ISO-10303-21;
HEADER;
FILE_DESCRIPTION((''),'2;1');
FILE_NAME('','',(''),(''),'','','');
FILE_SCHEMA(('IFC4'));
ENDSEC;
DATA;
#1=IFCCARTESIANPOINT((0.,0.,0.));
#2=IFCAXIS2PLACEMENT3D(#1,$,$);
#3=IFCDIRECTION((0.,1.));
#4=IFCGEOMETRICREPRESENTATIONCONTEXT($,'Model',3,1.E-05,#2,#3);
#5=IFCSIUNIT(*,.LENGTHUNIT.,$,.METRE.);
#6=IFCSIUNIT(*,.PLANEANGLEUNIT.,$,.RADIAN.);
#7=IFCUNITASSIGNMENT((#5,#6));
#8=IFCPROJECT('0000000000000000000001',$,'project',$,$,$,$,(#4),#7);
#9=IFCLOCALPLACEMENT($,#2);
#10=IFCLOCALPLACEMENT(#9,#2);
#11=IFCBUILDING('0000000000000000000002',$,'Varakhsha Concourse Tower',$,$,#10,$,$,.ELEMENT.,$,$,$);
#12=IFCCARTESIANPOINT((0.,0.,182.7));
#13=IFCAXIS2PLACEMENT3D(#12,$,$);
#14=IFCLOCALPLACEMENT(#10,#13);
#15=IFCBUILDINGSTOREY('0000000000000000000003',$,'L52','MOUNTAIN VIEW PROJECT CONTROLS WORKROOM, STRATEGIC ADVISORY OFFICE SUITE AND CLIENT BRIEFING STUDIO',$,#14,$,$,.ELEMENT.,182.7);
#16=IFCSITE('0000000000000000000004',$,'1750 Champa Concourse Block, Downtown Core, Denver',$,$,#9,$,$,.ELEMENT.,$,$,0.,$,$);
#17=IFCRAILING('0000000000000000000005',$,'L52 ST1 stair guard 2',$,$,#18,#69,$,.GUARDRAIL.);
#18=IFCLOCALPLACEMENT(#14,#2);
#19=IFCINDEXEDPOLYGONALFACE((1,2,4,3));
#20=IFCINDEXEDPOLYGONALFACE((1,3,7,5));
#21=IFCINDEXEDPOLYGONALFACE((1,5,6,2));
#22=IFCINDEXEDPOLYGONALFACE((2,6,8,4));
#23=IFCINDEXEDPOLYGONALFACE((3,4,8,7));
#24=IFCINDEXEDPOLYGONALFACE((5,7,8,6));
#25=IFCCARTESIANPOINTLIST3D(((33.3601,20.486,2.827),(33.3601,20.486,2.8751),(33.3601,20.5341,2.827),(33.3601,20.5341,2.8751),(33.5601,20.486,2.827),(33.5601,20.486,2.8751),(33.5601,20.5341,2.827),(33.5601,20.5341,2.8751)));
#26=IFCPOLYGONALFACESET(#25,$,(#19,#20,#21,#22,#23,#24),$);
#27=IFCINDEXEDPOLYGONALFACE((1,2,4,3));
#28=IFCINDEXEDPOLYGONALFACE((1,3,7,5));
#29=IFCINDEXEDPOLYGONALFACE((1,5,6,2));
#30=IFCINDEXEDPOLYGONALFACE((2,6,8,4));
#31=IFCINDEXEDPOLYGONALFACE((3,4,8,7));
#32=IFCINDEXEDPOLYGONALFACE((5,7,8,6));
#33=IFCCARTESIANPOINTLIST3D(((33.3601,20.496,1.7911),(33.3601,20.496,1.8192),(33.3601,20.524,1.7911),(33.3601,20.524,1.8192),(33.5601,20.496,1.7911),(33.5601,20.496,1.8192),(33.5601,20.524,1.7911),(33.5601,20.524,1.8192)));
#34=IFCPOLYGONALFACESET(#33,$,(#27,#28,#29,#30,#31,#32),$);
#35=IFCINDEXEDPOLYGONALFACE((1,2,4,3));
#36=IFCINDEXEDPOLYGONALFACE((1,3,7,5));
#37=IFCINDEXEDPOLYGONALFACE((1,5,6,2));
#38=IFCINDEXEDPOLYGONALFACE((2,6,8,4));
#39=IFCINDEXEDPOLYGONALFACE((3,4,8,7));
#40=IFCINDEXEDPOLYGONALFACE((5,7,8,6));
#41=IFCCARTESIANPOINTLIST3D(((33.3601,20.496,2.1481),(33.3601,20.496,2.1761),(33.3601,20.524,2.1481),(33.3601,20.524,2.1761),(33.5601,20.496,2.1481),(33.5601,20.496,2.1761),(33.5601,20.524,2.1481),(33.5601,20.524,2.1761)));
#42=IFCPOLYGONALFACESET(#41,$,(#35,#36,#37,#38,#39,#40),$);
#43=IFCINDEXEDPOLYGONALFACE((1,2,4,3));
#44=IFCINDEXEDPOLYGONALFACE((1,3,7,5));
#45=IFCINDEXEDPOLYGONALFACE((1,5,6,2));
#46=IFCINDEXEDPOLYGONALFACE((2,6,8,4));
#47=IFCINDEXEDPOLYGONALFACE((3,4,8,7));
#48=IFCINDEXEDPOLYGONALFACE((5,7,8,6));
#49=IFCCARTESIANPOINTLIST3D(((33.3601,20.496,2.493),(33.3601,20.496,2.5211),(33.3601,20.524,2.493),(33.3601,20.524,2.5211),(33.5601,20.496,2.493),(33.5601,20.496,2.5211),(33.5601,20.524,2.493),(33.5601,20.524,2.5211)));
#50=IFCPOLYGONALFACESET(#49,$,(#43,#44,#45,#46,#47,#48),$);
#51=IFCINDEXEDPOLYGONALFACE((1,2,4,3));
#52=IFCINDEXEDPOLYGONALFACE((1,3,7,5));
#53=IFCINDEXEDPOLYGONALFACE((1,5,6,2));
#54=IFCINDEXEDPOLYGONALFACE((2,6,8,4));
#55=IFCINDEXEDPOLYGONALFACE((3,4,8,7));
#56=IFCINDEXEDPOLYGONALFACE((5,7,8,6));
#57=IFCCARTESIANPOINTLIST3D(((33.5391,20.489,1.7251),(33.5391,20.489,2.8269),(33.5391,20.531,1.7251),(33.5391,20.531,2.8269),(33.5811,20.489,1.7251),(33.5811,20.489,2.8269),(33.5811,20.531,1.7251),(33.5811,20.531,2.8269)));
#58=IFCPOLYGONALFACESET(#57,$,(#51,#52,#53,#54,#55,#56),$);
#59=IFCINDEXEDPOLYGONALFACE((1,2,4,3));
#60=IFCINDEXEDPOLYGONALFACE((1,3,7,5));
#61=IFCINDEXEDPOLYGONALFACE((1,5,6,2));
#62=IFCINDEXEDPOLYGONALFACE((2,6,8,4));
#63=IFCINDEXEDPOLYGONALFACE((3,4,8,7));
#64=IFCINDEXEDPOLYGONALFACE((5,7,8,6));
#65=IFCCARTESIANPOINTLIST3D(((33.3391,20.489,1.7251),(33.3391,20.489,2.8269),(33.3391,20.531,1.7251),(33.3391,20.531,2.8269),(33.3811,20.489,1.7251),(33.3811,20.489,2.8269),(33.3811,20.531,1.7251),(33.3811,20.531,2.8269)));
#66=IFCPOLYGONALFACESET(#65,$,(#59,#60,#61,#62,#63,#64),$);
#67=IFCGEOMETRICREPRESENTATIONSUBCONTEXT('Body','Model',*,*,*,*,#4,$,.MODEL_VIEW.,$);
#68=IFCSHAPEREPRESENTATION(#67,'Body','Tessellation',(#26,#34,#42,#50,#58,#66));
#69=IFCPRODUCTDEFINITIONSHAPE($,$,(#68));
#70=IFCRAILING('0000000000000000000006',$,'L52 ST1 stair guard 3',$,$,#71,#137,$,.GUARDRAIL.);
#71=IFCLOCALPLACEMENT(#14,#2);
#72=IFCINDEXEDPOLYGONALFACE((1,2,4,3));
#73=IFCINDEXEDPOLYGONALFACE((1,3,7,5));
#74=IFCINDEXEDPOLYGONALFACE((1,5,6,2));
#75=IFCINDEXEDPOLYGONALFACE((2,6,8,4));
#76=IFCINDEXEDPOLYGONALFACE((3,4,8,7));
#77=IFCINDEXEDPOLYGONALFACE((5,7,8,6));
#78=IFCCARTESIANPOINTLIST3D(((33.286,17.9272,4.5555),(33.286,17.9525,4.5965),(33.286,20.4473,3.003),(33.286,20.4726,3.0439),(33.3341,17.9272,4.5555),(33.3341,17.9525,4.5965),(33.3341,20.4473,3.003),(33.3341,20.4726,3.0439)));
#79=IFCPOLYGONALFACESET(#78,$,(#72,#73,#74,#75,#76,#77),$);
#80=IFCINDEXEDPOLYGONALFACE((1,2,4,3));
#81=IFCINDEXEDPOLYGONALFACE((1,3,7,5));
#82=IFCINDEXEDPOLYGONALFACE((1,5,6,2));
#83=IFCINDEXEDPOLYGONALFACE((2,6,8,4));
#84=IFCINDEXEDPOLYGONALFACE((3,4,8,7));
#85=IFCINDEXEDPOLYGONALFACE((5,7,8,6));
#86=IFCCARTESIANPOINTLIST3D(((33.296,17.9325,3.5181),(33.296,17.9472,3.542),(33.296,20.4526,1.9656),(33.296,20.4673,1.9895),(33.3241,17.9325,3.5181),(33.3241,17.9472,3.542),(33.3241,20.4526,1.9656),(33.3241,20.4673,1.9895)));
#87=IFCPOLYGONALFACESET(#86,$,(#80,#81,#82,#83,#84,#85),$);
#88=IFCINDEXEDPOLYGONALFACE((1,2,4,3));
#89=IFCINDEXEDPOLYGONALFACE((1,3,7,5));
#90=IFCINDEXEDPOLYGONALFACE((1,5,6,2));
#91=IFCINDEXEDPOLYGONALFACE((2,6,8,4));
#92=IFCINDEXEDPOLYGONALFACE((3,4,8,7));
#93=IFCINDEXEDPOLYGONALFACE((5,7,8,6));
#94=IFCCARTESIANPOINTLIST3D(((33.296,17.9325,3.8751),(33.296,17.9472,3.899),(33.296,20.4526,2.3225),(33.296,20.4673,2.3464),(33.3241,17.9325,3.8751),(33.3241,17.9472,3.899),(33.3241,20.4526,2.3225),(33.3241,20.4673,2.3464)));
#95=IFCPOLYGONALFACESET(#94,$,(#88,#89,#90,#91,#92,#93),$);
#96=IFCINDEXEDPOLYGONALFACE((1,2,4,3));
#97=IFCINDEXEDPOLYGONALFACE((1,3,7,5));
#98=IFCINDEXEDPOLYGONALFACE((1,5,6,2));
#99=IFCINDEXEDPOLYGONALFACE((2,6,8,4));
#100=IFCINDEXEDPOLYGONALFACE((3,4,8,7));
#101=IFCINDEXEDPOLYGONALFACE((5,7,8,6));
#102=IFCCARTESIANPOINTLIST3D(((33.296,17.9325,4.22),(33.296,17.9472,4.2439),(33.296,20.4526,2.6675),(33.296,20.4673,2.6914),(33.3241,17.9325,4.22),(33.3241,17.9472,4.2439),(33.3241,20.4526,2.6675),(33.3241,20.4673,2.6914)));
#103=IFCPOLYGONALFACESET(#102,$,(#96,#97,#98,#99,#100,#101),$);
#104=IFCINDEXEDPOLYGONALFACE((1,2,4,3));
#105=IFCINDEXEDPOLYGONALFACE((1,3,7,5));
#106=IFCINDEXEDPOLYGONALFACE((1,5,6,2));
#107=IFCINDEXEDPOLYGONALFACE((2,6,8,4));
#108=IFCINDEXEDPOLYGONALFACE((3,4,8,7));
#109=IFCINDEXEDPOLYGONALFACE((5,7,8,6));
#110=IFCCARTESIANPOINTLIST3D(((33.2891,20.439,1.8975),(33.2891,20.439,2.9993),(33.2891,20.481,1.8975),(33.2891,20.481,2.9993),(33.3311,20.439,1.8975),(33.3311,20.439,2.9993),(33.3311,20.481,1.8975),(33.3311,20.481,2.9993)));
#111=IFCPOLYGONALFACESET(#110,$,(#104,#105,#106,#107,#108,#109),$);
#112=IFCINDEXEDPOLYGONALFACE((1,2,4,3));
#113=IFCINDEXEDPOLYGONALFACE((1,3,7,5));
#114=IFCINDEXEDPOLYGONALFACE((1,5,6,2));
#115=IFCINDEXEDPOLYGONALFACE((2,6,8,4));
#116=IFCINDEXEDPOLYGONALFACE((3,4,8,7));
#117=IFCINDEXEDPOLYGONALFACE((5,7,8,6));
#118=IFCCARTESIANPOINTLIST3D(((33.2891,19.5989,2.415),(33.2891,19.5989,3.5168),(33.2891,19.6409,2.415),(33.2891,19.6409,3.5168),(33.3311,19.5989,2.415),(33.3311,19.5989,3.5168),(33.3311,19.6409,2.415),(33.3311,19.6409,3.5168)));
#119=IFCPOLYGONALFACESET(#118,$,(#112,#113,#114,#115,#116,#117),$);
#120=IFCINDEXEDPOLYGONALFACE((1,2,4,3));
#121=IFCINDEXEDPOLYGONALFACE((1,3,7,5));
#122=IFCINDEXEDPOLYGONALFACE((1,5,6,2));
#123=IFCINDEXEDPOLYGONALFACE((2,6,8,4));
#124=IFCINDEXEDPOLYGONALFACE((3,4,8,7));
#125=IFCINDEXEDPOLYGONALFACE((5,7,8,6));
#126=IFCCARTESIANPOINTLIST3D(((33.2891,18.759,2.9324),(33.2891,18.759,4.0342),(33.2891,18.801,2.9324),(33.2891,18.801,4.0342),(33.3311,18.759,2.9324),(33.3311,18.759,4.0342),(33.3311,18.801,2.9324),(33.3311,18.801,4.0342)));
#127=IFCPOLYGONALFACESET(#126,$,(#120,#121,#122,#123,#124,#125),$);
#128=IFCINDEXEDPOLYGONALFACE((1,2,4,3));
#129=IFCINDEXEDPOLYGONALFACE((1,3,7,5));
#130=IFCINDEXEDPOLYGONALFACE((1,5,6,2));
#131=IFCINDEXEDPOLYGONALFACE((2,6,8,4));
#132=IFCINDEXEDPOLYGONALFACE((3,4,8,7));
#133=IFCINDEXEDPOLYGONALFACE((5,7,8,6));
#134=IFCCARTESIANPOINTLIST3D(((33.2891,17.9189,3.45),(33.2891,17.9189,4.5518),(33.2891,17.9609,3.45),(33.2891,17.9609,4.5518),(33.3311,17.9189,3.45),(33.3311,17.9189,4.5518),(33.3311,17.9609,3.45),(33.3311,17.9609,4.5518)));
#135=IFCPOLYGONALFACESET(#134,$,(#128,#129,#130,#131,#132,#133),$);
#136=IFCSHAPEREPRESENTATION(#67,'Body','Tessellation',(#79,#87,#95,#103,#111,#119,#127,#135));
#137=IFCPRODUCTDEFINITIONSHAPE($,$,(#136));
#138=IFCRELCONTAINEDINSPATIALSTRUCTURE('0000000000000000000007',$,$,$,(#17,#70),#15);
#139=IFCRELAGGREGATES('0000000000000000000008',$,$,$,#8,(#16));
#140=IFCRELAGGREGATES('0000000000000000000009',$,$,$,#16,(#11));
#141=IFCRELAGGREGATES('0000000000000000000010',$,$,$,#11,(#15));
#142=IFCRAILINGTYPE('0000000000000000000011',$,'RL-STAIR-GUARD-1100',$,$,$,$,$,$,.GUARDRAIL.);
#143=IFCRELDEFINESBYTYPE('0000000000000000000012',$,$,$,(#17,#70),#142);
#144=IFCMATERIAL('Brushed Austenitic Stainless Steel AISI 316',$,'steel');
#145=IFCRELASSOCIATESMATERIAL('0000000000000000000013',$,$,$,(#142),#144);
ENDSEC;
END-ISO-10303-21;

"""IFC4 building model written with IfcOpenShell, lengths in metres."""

from ifc_helpers import new_model, si_unit, direction, frame, origin, origin_2d, place, context, subcontext, project, spatial, rectangle, extrude, material, type_object, element, save


model = new_model("IFC4")

# Units and contexts
model_context = context("Model", 3, precision=1e-05, world=origin(), true_north=direction((0.0, 1.0)))
body_context = subcontext(model_context, "Body", "Model", "MODEL_VIEW")
ifc_project = project(units=[si_unit("LENGTHUNIT", "METRE"), si_unit("PLANEANGLEUNIT", "RADIAN")], contexts=[model_context])

# Site, building, storey
site_placement = place(None, origin())
site = spatial("IfcSite", under=ifc_project, at=site_placement, Name="1750 Champa Concourse Block, Downtown Core, Denver", CompositionType="ELEMENT", RefElevation=0.0)
building_placement = place(site_placement, origin())
building = spatial("IfcBuilding", under=site, at=building_placement, Name="Varakhsha Concourse Tower", CompositionType="ELEMENT")
storey_placement = place(building_placement, frame((0.0, 0.0, 182.7)))
storey = spatial("IfcBuildingStorey", under=building, at=storey_placement, Name="L52", Description="MOUNTAIN VIEW PROJECT CONTROLS WORKROOM, STRATEGIC ADVISORY OFFICE SUITE AND CLIENT BRIEFING STUDIO", CompositionType="ELEMENT", Elevation=182.7)

# Shared definitions
ifc_material_1 = material(Name="Brushed Austenitic Stainless Steel AISI 316", Category="steel")

# Railings
railing_type = type_object("IfcRailingType", Name="RL-STAIR-GUARD-1100", PredefinedType="GUARDRAIL", material=ifc_material_1)
railing_1_placement = place(storey_placement, frame((33.5601, 20.51, 1.7251)))
element("IfcRailing", 1, at=railing_1_placement, inside=storey, type_object=railing_type, Name="L52 ST1 stair guard 2", PredefinedType="GUARDRAIL", context=body_context, shape_type="SweptSolid", body=[
    extrude(rectangle(XDim=0.0481, YDim=0.0481, at=origin_2d()), frame((0.0, 0.0, 1.126), z_axis=(-1.0, 0.0, 0.0), x_axis=(0.0, -1.0, 0.0)), (0.0, 0.0, 1.0), 0.2),
    extrude(rectangle(XDim=0.0281, YDim=0.0281, at=origin_2d()), frame((0.0, 0.0, 0.0801), z_axis=(-1.0, 0.0, 0.0), x_axis=(0.0, -1.0, 0.0)), (0.0, 0.0, 1.0), 0.2),
    extrude(rectangle(XDim=0.0281, YDim=0.0281, at=origin_2d()), frame((0.0, 0.0, 0.437), z_axis=(-1.0, 0.0, 0.0), x_axis=(0.0, -1.0, 0.0)), (0.0, 0.0, 1.0), 0.2),
    extrude(rectangle(XDim=0.0281, YDim=0.0281, at=origin_2d()), frame((0.0, 0.0, 0.782), z_axis=(-1.0, 0.0, 0.0), x_axis=(0.0, -1.0, 0.0)), (0.0, 0.0, 1.0), 0.2),
    extrude(rectangle(XDim=0.042, YDim=0.042, at=origin_2d()), origin(), (0.0, 0.0, 1.0), 1.1018),
    extrude(rectangle(XDim=0.042, YDim=0.042, at=origin_2d()), frame((-0.2, 0.0, 0.0)), (0.0, 0.0, 1.0), 1.1018),
])
railing_2_placement = place(storey_placement, frame((33.3101, 20.46, 1.8975)))
element("IfcRailing", 2, at=railing_2_placement, inside=storey, type_object=railing_type, Name="L52 ST1 stair guard 3", PredefinedType="GUARDRAIL", context=body_context, shape_type="SweptSolid", body=[
    extrude(rectangle(XDim=0.0481, YDim=0.0481, at=origin_2d()), frame((0.0, 0.0, 1.126), z_axis=(0.0, -0.8514, 0.524516), x_axis=(1.0, 0.0, 0.0)), (0.0, 0.0, 1.0), 2.96),
    extrude(rectangle(XDim=0.0281, YDim=0.0281, at=origin_2d()), frame((0.0, 0.0, 0.0801), z_axis=(0.0, -0.8514, 0.524516), x_axis=(1.0, 0.0, 0.0)), (0.0, 0.0, 1.0), 2.96),
    extrude(rectangle(XDim=0.0281, YDim=0.0281, at=origin_2d()), frame((0.0, 0.0, 0.437), z_axis=(0.0, -0.8514, 0.524516), x_axis=(1.0, 0.0, 0.0)), (0.0, 0.0, 1.0), 2.96),
    extrude(rectangle(XDim=0.0281, YDim=0.0281, at=origin_2d()), frame((0.0, 0.0, 0.782), z_axis=(0.0, -0.8514, 0.524516), x_axis=(1.0, 0.0, 0.0)), (0.0, 0.0, 1.0), 2.96),
    extrude(rectangle(XDim=0.042, YDim=0.042, at=origin_2d()), origin(), (0.0, 0.0, 1.0), 1.1018),
    extrude(rectangle(XDim=0.042, YDim=0.042, at=origin_2d()), frame((0.0, -0.8401, 0.5176)), (0.0, 0.0, 1.0), 1.1018),
    extrude(rectangle(XDim=0.042, YDim=0.042, at=origin_2d()), frame((0.0, -1.6799, 1.0349)), (0.0, 0.0, 1.0), 1.1018),
    extrude(rectangle(XDim=0.042, YDim=0.042, at=origin_2d()), frame((0.0, -2.52, 1.5525)), (0.0, 0.0, 1.0), 1.1018),
])

save(model, "model.ifc")
